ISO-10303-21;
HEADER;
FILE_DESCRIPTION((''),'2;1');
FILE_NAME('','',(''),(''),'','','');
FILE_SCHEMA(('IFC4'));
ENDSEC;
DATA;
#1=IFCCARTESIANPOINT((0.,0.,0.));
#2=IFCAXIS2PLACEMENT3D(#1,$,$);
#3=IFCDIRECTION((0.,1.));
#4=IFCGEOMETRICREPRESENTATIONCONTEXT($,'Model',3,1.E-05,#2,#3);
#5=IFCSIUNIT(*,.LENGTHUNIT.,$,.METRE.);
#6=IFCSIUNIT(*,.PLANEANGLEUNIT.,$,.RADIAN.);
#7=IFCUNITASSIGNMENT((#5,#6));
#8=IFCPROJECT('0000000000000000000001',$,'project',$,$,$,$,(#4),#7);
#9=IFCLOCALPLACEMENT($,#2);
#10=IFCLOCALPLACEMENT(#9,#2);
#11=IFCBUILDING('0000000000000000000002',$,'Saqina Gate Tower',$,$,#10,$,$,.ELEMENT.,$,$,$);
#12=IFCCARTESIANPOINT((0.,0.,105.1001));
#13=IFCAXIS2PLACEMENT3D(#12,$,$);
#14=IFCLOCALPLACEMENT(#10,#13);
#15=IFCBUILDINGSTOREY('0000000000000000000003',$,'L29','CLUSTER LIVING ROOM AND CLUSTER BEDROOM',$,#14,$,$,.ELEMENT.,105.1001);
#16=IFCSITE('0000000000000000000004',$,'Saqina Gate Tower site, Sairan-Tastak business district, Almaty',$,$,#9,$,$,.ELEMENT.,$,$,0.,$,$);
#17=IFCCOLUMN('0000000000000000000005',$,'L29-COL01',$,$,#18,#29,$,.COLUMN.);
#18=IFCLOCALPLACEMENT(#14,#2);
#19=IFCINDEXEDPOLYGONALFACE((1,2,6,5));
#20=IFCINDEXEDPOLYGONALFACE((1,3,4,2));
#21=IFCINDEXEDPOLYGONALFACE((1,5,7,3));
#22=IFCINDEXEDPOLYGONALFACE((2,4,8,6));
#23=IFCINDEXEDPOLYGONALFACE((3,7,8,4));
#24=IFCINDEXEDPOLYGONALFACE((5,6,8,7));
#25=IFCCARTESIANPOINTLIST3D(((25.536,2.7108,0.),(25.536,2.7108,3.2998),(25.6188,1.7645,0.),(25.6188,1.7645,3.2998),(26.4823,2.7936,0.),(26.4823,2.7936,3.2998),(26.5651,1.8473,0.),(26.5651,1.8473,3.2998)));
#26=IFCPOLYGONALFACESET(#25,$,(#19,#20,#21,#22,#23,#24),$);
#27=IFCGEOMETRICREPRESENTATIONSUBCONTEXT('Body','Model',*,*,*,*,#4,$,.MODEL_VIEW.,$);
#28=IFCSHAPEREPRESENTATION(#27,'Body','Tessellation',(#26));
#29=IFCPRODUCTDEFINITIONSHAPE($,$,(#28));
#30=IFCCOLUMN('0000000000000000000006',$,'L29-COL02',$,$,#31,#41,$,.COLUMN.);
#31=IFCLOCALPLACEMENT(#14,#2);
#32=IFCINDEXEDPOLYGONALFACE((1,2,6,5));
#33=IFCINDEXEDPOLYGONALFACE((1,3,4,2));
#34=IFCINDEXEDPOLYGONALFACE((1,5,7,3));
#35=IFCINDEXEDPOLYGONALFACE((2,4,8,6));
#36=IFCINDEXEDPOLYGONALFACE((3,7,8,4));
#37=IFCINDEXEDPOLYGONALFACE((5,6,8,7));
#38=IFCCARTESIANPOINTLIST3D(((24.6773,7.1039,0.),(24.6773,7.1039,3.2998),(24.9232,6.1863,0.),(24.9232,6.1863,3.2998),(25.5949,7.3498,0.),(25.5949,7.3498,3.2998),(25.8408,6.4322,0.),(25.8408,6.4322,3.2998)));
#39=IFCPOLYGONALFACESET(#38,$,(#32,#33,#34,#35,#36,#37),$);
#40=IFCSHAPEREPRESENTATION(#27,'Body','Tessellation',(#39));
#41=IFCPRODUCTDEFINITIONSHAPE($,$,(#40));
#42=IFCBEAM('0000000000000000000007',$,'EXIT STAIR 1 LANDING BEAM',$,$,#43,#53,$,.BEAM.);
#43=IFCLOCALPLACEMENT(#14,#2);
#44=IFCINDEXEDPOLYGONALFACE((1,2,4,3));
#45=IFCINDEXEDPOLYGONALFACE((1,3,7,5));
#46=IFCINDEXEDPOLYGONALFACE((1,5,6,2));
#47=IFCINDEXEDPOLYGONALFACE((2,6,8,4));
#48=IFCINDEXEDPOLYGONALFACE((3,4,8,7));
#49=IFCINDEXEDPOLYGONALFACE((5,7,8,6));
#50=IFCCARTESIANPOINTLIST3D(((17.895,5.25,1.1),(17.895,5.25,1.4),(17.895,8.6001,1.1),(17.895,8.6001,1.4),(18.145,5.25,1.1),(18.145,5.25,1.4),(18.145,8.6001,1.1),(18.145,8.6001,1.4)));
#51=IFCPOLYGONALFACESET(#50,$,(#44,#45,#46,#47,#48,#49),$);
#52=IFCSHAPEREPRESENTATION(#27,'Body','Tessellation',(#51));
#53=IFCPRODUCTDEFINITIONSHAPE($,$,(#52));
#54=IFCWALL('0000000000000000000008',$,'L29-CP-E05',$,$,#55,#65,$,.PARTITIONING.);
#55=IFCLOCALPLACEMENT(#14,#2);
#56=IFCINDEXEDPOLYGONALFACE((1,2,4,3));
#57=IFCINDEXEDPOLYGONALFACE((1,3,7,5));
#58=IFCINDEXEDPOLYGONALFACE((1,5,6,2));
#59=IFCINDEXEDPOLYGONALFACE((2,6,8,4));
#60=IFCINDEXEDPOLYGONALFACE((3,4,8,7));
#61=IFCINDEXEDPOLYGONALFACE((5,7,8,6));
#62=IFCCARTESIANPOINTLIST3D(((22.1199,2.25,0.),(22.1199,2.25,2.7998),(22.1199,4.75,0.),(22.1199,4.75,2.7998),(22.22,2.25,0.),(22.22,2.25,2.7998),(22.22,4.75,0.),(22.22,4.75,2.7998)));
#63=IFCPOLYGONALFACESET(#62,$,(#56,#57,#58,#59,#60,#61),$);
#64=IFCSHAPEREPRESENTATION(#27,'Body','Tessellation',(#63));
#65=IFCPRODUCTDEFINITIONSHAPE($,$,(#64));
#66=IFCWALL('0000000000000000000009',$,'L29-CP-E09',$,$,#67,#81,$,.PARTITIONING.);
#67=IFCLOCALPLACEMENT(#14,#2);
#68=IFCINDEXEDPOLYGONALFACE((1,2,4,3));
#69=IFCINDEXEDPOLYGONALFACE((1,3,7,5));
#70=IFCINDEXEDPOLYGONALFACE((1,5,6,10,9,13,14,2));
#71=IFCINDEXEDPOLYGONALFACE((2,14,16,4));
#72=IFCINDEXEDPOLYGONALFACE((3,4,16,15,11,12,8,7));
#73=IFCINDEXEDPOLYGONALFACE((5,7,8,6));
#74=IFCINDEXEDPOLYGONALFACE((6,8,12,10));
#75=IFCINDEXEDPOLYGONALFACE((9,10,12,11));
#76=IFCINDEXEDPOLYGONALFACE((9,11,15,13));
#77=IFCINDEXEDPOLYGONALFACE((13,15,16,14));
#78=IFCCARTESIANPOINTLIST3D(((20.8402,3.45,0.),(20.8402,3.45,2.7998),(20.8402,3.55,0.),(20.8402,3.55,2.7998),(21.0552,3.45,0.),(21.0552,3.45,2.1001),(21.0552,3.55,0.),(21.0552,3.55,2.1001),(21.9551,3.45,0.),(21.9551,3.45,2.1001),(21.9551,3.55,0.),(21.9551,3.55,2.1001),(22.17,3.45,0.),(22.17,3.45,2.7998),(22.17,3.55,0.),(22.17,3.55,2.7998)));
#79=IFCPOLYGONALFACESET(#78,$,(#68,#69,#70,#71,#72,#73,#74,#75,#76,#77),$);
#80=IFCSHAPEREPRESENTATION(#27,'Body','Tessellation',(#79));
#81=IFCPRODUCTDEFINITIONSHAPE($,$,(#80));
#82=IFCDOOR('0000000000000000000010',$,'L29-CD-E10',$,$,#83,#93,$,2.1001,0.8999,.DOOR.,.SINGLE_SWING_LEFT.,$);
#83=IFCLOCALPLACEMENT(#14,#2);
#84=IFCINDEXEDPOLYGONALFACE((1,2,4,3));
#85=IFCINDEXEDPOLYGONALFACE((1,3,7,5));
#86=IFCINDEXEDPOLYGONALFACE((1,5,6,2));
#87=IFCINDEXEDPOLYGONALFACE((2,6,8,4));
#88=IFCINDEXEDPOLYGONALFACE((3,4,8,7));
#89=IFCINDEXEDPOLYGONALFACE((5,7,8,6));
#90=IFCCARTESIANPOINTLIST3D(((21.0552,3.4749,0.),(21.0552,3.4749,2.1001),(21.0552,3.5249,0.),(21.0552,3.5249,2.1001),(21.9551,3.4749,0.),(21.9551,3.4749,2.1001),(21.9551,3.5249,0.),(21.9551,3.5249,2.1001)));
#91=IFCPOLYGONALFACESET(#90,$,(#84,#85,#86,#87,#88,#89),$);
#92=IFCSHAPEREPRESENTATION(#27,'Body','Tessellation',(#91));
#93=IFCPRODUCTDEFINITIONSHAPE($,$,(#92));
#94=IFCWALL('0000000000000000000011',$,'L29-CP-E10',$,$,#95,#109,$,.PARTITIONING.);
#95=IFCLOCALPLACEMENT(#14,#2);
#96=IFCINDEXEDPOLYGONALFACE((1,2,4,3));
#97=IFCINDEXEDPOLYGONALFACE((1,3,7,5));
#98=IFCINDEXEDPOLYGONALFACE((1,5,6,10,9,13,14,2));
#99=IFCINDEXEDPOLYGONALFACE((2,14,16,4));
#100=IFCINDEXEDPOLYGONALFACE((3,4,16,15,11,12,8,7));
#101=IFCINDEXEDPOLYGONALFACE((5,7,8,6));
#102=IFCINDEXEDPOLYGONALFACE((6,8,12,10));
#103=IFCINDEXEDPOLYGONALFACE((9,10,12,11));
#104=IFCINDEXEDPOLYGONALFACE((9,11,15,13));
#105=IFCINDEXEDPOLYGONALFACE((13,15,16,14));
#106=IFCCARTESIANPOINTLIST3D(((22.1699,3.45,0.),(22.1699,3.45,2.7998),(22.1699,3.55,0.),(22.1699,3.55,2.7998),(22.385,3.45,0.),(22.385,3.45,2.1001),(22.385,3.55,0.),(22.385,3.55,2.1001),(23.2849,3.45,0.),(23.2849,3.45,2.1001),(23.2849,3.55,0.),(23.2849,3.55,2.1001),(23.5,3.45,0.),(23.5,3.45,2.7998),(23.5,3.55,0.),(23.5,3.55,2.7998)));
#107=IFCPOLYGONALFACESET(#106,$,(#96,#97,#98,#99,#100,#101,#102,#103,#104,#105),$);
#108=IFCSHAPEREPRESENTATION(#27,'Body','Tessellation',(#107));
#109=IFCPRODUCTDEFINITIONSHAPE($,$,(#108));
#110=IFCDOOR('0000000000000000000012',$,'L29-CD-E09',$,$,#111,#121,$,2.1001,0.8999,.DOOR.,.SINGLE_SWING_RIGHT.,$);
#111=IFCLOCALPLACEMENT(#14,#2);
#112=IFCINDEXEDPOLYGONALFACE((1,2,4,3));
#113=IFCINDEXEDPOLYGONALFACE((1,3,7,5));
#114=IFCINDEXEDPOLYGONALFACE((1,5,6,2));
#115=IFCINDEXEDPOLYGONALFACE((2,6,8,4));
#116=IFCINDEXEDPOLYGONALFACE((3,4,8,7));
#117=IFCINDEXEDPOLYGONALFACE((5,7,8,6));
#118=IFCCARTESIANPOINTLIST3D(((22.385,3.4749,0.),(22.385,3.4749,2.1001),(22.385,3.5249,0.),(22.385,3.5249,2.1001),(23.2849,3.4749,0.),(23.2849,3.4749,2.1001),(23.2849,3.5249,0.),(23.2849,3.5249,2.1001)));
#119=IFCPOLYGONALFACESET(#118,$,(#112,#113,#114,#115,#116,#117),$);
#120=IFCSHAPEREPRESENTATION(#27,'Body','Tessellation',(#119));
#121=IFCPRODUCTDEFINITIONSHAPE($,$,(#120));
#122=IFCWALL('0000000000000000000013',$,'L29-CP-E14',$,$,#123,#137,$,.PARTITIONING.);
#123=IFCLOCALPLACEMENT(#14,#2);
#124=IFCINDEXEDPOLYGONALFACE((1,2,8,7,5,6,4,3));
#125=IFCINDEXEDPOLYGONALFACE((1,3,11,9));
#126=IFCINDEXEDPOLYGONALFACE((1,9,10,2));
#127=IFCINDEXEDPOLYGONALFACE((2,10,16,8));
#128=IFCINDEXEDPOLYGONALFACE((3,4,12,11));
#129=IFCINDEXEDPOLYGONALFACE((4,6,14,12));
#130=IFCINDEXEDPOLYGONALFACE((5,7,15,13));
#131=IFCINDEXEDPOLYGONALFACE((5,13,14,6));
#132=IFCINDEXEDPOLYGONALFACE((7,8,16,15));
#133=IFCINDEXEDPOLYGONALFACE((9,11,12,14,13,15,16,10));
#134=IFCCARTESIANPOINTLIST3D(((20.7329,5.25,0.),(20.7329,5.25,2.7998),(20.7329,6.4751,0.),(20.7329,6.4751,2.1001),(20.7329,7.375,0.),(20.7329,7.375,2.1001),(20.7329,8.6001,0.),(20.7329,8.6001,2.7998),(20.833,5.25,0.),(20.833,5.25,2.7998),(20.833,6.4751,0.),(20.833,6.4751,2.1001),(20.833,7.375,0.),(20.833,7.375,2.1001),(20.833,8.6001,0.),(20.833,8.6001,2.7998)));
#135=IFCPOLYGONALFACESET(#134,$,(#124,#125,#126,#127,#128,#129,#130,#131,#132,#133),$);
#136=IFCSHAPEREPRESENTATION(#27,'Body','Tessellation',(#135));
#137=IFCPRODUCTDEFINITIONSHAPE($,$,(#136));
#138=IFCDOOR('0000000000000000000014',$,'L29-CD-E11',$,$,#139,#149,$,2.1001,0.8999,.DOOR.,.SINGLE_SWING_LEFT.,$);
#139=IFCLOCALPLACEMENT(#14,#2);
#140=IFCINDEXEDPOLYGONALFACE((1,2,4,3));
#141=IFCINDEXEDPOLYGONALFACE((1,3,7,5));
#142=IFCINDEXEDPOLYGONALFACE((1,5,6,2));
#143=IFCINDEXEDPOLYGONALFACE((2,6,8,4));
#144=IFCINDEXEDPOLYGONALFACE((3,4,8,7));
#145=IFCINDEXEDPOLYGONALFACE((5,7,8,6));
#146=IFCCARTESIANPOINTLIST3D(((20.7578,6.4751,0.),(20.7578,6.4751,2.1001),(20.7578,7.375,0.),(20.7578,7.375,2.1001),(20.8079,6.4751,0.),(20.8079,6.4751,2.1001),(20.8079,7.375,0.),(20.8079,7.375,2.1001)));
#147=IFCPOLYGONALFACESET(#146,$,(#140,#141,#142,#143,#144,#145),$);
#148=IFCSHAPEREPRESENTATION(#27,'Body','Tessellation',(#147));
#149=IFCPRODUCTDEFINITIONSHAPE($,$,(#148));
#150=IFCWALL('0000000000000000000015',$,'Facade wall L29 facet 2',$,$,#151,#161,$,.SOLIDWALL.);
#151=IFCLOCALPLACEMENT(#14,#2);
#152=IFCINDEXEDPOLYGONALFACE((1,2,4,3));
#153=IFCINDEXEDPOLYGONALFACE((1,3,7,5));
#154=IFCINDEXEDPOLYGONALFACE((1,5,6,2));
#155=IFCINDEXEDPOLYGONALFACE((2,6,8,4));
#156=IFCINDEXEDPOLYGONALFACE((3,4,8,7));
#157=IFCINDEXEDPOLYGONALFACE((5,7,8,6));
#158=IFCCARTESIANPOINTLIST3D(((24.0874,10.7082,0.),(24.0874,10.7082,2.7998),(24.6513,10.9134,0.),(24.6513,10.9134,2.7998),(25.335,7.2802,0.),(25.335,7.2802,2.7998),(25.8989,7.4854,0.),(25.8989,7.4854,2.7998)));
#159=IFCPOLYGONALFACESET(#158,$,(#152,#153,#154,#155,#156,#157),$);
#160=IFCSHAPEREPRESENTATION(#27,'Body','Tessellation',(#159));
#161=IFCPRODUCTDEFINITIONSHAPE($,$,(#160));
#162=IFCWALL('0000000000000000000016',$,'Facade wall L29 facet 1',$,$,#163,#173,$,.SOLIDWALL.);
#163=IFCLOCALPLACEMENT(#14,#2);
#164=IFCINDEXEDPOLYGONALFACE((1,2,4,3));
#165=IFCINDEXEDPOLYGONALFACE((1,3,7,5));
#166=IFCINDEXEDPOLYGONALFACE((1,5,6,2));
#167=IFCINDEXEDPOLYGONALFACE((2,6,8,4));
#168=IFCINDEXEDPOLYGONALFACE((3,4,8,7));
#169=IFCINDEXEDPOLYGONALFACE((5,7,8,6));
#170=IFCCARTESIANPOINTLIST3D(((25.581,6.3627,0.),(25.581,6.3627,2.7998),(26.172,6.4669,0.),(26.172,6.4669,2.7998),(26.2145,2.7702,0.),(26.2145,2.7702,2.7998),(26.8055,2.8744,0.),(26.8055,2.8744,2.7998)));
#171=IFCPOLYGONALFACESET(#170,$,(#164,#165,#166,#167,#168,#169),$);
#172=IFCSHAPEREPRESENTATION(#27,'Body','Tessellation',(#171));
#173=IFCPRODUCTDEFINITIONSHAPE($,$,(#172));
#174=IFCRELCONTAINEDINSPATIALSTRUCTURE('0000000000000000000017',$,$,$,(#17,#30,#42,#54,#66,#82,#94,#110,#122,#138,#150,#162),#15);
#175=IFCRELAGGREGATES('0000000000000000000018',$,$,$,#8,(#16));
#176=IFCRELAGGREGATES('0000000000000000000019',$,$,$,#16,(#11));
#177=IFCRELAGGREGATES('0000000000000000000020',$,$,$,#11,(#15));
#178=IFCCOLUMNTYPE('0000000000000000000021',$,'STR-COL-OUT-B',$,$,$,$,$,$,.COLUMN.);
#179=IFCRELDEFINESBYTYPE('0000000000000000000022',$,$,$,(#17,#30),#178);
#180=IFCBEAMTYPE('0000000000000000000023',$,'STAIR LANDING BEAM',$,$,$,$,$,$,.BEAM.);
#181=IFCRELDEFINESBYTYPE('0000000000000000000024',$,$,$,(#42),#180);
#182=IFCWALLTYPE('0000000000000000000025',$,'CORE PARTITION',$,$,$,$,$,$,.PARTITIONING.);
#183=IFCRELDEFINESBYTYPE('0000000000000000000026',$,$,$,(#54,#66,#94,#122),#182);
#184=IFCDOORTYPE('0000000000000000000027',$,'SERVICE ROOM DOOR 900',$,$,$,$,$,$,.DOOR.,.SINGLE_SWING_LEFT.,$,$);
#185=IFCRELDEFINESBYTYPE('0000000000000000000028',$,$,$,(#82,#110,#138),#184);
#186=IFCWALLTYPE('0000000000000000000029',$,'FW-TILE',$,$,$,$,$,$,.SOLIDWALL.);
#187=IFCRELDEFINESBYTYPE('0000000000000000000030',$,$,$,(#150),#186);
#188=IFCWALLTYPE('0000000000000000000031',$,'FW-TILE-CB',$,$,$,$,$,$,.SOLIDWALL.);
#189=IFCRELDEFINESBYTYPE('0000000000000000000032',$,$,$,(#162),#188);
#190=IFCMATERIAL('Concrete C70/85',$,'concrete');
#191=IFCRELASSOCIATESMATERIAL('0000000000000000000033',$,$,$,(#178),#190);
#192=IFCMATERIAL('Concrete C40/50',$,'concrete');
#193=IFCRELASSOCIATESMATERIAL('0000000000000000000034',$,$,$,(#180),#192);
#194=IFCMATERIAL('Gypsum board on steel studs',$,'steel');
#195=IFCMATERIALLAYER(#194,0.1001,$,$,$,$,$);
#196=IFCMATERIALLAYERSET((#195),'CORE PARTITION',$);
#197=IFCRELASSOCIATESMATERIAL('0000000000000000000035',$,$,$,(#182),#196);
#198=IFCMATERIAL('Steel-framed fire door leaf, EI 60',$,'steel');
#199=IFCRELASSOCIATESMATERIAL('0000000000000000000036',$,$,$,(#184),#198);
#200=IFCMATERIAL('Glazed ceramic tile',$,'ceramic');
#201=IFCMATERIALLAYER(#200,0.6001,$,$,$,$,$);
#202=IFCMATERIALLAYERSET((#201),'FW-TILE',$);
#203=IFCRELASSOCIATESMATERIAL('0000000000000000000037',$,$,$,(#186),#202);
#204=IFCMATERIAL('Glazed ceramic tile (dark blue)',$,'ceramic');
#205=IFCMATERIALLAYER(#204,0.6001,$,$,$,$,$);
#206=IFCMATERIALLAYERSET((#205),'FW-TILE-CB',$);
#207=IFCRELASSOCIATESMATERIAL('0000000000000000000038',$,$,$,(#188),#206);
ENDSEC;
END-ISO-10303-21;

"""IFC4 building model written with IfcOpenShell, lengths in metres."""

from ifc_helpers import new_model, si_unit, direction, frame, frame_2d, origin, origin_2d, place, context, subcontext, project, spatial, rectangle, extrude, material, layer, layer_set, material_profile, profile_set, type_object, element, fill, save


model = new_model("IFC4")

# Units and contexts
model_context = context("Model", 3, precision=1e-05, world=origin(), true_north=direction((0.0, 1.0)))
body_context = subcontext(model_context, "Body", "Model", "MODEL_VIEW")
ifc_project = project(units=[si_unit("LENGTHUNIT", "METRE"), si_unit("PLANEANGLEUNIT", "RADIAN")], contexts=[model_context])

# Site, building, storey
site_placement = place(None, origin())
site = spatial("IfcSite", under=ifc_project, at=site_placement, Name="Saqina Gate Tower site, Sairan-Tastak business district, Almaty", CompositionType="ELEMENT", RefElevation=0.0)
building_placement = place(site_placement, origin())
building = spatial("IfcBuilding", under=site, at=building_placement, Name="Saqina Gate Tower", CompositionType="ELEMENT")
storey_placement = place(building_placement, frame((0.0, 0.0, 105.1001)))
storey = spatial("IfcBuildingStorey", under=building, at=storey_placement, Name="L29", Description="CLUSTER LIVING ROOM AND CLUSTER BEDROOM", CompositionType="ELEMENT", Elevation=105.1001)

# Columns
ifc_material_1 = material(Name="Concrete C70/85", Category="concrete")
ifc_material_profile_1 = material_profile(ifc_material_1, rectangle(XDim=0.95, YDim=0.95, at=origin_2d()), Name="RC 950x950")
ifc_profile_set_1 = profile_set([ifc_material_profile_1], Name="Concrete C70/85")
column_type = type_object("IfcColumnType", Name="STR-COL-OUT-B", PredefinedType="COLUMN", material=ifc_profile_set_1)
for number, where, z_axis, x_axis, name in (
    (1, (26.0505, 2.2791, 0.0), (0.0, 0.0, 1.0), (0.996195, 0.087156, 0.0), "L29-COL01"),
    (2, (25.259, 6.7681, 0.0), (0.0, 0.0, 1.0), (0.965926, 0.258819, 0.0), "L29-COL02"),
):
    element("IfcColumn", number, at=place(storey_placement, frame(where, z_axis=z_axis, x_axis=x_axis)), inside=storey, type_object=column_type, Name=name, PredefinedType="COLUMN", context=body_context, shape_type="SweptSolid", body=[
        extrude(rectangle(XDim=0.95, YDim=0.95, at=origin_2d()), origin(), (0.0, 0.0, 1.0), 3.2998),
    ])

# Beam
ifc_material_2 = material(Name="Concrete C40/50", Category="concrete")
ifc_material_profile_2 = material_profile(ifc_material_2, rectangle(XDim=0.25, YDim=0.3, at=origin_2d()), Name="STAIR LANDING BEAM")
ifc_profile_set_2 = profile_set([ifc_material_profile_2], Name="Concrete C40/50")
beam_type = type_object("IfcBeamType", Name="STAIR LANDING BEAM", PredefinedType="BEAM", material=ifc_profile_set_2)
beam_placement = place(storey_placement, frame((18.02, 5.25, 1.25), z_axis=(0.0, 1.0, 0.0), x_axis=(-1.0, 0.0, 0.0)))
element("IfcBeam", 3, at=beam_placement, inside=storey, type_object=beam_type, Name="EXIT STAIR 1 LANDING BEAM", PredefinedType="BEAM", context=body_context, shape_type="SweptSolid", body=[
    extrude(rectangle(XDim=0.25, YDim=0.3, at=origin_2d()), origin(), (0.0, 0.0, 1.0), 3.3501),
])

# Wall
ifc_material_3 = material(Name="Gypsum board on steel studs", Category="steel")
ifc_layer_1 = layer(ifc_material_3, 0.1001)
ifc_layer_set_1 = layer_set([ifc_layer_1], Name="CORE PARTITION")
wall_type_1 = type_object("IfcWallType", Name="CORE PARTITION", PredefinedType="PARTITIONING", material=ifc_layer_set_1)
wall_1_placement = place(storey_placement, frame((22.1699, 2.25, 0.0), z_axis=(0.0, 0.0, 1.0), x_axis=(0.0, 1.0, 0.0)))
element("IfcWall", 4, at=wall_1_placement, inside=storey, type_object=wall_type_1, Name="L29-CP-E05", PredefinedType="PARTITIONING", context=body_context, shape_type="SweptSolid", body=[
    extrude(rectangle(XDim=2.5, YDim=0.1001, at=frame_2d((1.25, 0.0))), origin(), (0.0, 0.0, 1.0), 2.7998),
])

# Walls, openings, doors
wall_2_placement = place(storey_placement, frame((20.8401, 3.5, 0.0), z_axis=(0.0, 0.0, 1.0), x_axis=(1.0, 0.0, 0.0)))
wall_2 = element("IfcWall", 5, at=wall_2_placement, inside=storey, type_object=wall_type_1, Name="L29-CP-E09", PredefinedType="PARTITIONING", context=body_context, shape_type="SweptSolid", body=[
    extrude(rectangle(XDim=1.3298, YDim=0.1001, at=frame_2d((0.665, 0.0))), origin(), (0.0, 0.0, 1.0), 2.7998),
])
opening_1_placement = place(wall_2_placement, frame((0.2151, 0.0, 0.0)))
opening_1 = element("IfcOpeningElement", 6, at=opening_1_placement, cuts=wall_2, PredefinedType="OPENING", context=body_context, shape_type="SweptSolid", body=[
    extrude(rectangle(XDim=0.8999, YDim=2.1001, at=frame_2d((0.45, 1.05))), frame((0.0, 0.062, 0.0), z_axis=(0.0, -1.0, 0.0), x_axis=(1.0, 0.0, 0.0)), (0.0, 0.0, 1.0), 0.124),
])
ifc_material_4 = material(Name="Steel-framed fire door leaf, EI 60", Category="steel")
door_type = type_object("IfcDoorType", Name="SERVICE ROOM DOOR 900", OperationType="SINGLE_SWING_LEFT", PredefinedType="DOOR", material=ifc_material_4)
door_1_placement = place(opening_1_placement, origin())
door_1 = element("IfcDoor", 7, at=door_1_placement, inside=storey, type_object=door_type, Name="L29-CD-E10", OperationType="SINGLE_SWING_LEFT", OverallHeight=2.1001, OverallWidth=0.8999, PredefinedType="DOOR", context=body_context, shape_type="SweptSolid", body=[
    extrude(rectangle(XDim=0.8999, YDim=2.1001, at=frame_2d((0.45, 1.05))), frame((0.0, 0.0249, 0.0), z_axis=(0.0, -1.0, 0.0), x_axis=(1.0, 0.0, 0.0)), (0.0, 0.0, 1.0), 0.05),
])
fill(opening_1, door_1)
wall_3_placement = place(storey_placement, frame((22.1699, 3.5, 0.0), z_axis=(0.0, 0.0, 1.0), x_axis=(1.0, 0.0, 0.0)))
wall_3 = element("IfcWall", 8, at=wall_3_placement, inside=storey, type_object=wall_type_1, Name="L29-CP-E10", PredefinedType="PARTITIONING", context=body_context, shape_type="SweptSolid", body=[
    extrude(rectangle(XDim=1.3301, YDim=0.1001, at=frame_2d((0.665, 0.0))), origin(), (0.0, 0.0, 1.0), 2.7998),
])
opening_2_placement = place(wall_3_placement, frame((0.2151, 0.0, 0.0)))
opening_2 = element("IfcOpeningElement", 9, at=opening_2_placement, cuts=wall_3, PredefinedType="OPENING", context=body_context, shape_type="SweptSolid", body=[
    extrude(rectangle(XDim=0.8999, YDim=2.1001, at=frame_2d((0.45, 1.05))), frame((0.0, 0.062, 0.0), z_axis=(0.0, -1.0, 0.0), x_axis=(1.0, 0.0, 0.0)), (0.0, 0.0, 1.0), 0.124),
])
door_2_placement = place(opening_2_placement, origin())
door_2 = element("IfcDoor", 10, at=door_2_placement, inside=storey, type_object=door_type, Name="L29-CD-E09", OperationType="SINGLE_SWING_RIGHT", OverallHeight=2.1001, OverallWidth=0.8999, PredefinedType="DOOR", context=body_context, shape_type="SweptSolid", body=[
    extrude(rectangle(XDim=0.8999, YDim=2.1001, at=frame_2d((0.45, 1.05))), frame((0.0, 0.0249, 0.0), z_axis=(0.0, -1.0, 0.0), x_axis=(1.0, 0.0, 0.0)), (0.0, 0.0, 1.0), 0.05),
])
fill(opening_2, door_2)
wall_4_placement = place(storey_placement, frame((20.783, 5.25, 0.0), z_axis=(0.0, 0.0, 1.0), x_axis=(0.0, 1.0, 0.0)))
wall_4 = element("IfcWall", 11, at=wall_4_placement, inside=storey, type_object=wall_type_1, Name="L29-CP-E14", PredefinedType="PARTITIONING", context=body_context, shape_type="SweptSolid", body=[
    extrude(rectangle(XDim=3.3501, YDim=0.1001, at=frame_2d((1.675, 0.0))), origin(), (0.0, 0.0, 1.0), 2.7998),
])
opening_3_placement = place(wall_4_placement, frame((1.2251, 0.0, 0.0)))
opening_3 = element("IfcOpeningElement", 12, at=opening_3_placement, cuts=wall_4, PredefinedType="OPENING", context=body_context, shape_type="SweptSolid", body=[
    extrude(rectangle(XDim=0.8999, YDim=2.1001, at=frame_2d((0.45, 1.05))), frame((0.0, 0.062, 0.0), z_axis=(0.0, -1.0, 0.0), x_axis=(1.0, 0.0, 0.0)), (0.0, 0.0, 1.0), 0.124),
])
door_3_placement = place(opening_3_placement, frame((0.8999, 0.0, 0.0), z_axis=(0.0, 0.0, 1.0), x_axis=(-1.0, 0.0, 0.0)))
door_3 = element("IfcDoor", 13, at=door_3_placement, inside=storey, type_object=door_type, Name="L29-CD-E11", OperationType="SINGLE_SWING_LEFT", OverallHeight=2.1001, OverallWidth=0.8999, PredefinedType="DOOR", context=body_context, shape_type="SweptSolid", body=[
    extrude(rectangle(XDim=0.8999, YDim=2.1001, at=frame_2d((0.45, 1.05))), frame((0.0, 0.0249, 0.0), z_axis=(0.0, -1.0, 0.0), x_axis=(1.0, 0.0, 0.0)), (0.0, 0.0, 1.0), 0.05),
])
fill(opening_3, door_3)

# Walls
ifc_material_5 = material(Name="Glazed ceramic tile", Category="ceramic")
ifc_layer_2 = layer(ifc_material_5, 0.6001)
ifc_layer_set_2 = layer_set([ifc_layer_2], Name="FW-TILE")
wall_type_2 = type_object("IfcWallType", Name="FW-TILE", PredefinedType="SOLIDWALL", material=ifc_layer_set_2)
wall_5_placement = place(storey_placement, frame((25.6169, 7.3828, 0.0), z_axis=(0.0, 0.0, 1.0), x_axis=(-0.34199, 0.939704, 0.0)))
element("IfcWall", 14, at=wall_5_placement, inside=storey, type_object=wall_type_2, Name="Facade wall L29 facet 2", PredefinedType="SOLIDWALL", context=body_context, shape_type="SweptSolid", body=[
    extrude(rectangle(XDim=3.6479, YDim=0.6001, at=frame_2d((1.824, 0.0))), origin(), (0.0, 0.0, 1.0), 2.7998),
])
ifc_material_6 = material(Name="Glazed ceramic tile (dark blue)", Category="ceramic")
ifc_layer_3 = layer(ifc_material_6, 0.6001)
ifc_layer_set_3 = layer_set([ifc_layer_3], Name="FW-TILE-CB")
wall_type_3 = type_object("IfcWallType", Name="FW-TILE-CB", PredefinedType="SOLIDWALL", material=ifc_layer_set_3)
wall_6_placement = place(storey_placement, frame((26.51, 2.8223, 0.0), z_axis=(0.0, 0.0, 1.0), x_axis=(-0.173671, 0.984804, 0.0)))
element("IfcWall", 15, at=wall_6_placement, inside=storey, type_object=wall_type_3, Name="Facade wall L29 facet 1", PredefinedType="SOLIDWALL", context=body_context, shape_type="SweptSolid", body=[
    extrude(rectangle(XDim=3.6479, YDim=0.6001, at=frame_2d((1.824, 0.0))), origin(), (0.0, 0.0, 1.0), 2.7998),
])

save(model, "model.ifc")
